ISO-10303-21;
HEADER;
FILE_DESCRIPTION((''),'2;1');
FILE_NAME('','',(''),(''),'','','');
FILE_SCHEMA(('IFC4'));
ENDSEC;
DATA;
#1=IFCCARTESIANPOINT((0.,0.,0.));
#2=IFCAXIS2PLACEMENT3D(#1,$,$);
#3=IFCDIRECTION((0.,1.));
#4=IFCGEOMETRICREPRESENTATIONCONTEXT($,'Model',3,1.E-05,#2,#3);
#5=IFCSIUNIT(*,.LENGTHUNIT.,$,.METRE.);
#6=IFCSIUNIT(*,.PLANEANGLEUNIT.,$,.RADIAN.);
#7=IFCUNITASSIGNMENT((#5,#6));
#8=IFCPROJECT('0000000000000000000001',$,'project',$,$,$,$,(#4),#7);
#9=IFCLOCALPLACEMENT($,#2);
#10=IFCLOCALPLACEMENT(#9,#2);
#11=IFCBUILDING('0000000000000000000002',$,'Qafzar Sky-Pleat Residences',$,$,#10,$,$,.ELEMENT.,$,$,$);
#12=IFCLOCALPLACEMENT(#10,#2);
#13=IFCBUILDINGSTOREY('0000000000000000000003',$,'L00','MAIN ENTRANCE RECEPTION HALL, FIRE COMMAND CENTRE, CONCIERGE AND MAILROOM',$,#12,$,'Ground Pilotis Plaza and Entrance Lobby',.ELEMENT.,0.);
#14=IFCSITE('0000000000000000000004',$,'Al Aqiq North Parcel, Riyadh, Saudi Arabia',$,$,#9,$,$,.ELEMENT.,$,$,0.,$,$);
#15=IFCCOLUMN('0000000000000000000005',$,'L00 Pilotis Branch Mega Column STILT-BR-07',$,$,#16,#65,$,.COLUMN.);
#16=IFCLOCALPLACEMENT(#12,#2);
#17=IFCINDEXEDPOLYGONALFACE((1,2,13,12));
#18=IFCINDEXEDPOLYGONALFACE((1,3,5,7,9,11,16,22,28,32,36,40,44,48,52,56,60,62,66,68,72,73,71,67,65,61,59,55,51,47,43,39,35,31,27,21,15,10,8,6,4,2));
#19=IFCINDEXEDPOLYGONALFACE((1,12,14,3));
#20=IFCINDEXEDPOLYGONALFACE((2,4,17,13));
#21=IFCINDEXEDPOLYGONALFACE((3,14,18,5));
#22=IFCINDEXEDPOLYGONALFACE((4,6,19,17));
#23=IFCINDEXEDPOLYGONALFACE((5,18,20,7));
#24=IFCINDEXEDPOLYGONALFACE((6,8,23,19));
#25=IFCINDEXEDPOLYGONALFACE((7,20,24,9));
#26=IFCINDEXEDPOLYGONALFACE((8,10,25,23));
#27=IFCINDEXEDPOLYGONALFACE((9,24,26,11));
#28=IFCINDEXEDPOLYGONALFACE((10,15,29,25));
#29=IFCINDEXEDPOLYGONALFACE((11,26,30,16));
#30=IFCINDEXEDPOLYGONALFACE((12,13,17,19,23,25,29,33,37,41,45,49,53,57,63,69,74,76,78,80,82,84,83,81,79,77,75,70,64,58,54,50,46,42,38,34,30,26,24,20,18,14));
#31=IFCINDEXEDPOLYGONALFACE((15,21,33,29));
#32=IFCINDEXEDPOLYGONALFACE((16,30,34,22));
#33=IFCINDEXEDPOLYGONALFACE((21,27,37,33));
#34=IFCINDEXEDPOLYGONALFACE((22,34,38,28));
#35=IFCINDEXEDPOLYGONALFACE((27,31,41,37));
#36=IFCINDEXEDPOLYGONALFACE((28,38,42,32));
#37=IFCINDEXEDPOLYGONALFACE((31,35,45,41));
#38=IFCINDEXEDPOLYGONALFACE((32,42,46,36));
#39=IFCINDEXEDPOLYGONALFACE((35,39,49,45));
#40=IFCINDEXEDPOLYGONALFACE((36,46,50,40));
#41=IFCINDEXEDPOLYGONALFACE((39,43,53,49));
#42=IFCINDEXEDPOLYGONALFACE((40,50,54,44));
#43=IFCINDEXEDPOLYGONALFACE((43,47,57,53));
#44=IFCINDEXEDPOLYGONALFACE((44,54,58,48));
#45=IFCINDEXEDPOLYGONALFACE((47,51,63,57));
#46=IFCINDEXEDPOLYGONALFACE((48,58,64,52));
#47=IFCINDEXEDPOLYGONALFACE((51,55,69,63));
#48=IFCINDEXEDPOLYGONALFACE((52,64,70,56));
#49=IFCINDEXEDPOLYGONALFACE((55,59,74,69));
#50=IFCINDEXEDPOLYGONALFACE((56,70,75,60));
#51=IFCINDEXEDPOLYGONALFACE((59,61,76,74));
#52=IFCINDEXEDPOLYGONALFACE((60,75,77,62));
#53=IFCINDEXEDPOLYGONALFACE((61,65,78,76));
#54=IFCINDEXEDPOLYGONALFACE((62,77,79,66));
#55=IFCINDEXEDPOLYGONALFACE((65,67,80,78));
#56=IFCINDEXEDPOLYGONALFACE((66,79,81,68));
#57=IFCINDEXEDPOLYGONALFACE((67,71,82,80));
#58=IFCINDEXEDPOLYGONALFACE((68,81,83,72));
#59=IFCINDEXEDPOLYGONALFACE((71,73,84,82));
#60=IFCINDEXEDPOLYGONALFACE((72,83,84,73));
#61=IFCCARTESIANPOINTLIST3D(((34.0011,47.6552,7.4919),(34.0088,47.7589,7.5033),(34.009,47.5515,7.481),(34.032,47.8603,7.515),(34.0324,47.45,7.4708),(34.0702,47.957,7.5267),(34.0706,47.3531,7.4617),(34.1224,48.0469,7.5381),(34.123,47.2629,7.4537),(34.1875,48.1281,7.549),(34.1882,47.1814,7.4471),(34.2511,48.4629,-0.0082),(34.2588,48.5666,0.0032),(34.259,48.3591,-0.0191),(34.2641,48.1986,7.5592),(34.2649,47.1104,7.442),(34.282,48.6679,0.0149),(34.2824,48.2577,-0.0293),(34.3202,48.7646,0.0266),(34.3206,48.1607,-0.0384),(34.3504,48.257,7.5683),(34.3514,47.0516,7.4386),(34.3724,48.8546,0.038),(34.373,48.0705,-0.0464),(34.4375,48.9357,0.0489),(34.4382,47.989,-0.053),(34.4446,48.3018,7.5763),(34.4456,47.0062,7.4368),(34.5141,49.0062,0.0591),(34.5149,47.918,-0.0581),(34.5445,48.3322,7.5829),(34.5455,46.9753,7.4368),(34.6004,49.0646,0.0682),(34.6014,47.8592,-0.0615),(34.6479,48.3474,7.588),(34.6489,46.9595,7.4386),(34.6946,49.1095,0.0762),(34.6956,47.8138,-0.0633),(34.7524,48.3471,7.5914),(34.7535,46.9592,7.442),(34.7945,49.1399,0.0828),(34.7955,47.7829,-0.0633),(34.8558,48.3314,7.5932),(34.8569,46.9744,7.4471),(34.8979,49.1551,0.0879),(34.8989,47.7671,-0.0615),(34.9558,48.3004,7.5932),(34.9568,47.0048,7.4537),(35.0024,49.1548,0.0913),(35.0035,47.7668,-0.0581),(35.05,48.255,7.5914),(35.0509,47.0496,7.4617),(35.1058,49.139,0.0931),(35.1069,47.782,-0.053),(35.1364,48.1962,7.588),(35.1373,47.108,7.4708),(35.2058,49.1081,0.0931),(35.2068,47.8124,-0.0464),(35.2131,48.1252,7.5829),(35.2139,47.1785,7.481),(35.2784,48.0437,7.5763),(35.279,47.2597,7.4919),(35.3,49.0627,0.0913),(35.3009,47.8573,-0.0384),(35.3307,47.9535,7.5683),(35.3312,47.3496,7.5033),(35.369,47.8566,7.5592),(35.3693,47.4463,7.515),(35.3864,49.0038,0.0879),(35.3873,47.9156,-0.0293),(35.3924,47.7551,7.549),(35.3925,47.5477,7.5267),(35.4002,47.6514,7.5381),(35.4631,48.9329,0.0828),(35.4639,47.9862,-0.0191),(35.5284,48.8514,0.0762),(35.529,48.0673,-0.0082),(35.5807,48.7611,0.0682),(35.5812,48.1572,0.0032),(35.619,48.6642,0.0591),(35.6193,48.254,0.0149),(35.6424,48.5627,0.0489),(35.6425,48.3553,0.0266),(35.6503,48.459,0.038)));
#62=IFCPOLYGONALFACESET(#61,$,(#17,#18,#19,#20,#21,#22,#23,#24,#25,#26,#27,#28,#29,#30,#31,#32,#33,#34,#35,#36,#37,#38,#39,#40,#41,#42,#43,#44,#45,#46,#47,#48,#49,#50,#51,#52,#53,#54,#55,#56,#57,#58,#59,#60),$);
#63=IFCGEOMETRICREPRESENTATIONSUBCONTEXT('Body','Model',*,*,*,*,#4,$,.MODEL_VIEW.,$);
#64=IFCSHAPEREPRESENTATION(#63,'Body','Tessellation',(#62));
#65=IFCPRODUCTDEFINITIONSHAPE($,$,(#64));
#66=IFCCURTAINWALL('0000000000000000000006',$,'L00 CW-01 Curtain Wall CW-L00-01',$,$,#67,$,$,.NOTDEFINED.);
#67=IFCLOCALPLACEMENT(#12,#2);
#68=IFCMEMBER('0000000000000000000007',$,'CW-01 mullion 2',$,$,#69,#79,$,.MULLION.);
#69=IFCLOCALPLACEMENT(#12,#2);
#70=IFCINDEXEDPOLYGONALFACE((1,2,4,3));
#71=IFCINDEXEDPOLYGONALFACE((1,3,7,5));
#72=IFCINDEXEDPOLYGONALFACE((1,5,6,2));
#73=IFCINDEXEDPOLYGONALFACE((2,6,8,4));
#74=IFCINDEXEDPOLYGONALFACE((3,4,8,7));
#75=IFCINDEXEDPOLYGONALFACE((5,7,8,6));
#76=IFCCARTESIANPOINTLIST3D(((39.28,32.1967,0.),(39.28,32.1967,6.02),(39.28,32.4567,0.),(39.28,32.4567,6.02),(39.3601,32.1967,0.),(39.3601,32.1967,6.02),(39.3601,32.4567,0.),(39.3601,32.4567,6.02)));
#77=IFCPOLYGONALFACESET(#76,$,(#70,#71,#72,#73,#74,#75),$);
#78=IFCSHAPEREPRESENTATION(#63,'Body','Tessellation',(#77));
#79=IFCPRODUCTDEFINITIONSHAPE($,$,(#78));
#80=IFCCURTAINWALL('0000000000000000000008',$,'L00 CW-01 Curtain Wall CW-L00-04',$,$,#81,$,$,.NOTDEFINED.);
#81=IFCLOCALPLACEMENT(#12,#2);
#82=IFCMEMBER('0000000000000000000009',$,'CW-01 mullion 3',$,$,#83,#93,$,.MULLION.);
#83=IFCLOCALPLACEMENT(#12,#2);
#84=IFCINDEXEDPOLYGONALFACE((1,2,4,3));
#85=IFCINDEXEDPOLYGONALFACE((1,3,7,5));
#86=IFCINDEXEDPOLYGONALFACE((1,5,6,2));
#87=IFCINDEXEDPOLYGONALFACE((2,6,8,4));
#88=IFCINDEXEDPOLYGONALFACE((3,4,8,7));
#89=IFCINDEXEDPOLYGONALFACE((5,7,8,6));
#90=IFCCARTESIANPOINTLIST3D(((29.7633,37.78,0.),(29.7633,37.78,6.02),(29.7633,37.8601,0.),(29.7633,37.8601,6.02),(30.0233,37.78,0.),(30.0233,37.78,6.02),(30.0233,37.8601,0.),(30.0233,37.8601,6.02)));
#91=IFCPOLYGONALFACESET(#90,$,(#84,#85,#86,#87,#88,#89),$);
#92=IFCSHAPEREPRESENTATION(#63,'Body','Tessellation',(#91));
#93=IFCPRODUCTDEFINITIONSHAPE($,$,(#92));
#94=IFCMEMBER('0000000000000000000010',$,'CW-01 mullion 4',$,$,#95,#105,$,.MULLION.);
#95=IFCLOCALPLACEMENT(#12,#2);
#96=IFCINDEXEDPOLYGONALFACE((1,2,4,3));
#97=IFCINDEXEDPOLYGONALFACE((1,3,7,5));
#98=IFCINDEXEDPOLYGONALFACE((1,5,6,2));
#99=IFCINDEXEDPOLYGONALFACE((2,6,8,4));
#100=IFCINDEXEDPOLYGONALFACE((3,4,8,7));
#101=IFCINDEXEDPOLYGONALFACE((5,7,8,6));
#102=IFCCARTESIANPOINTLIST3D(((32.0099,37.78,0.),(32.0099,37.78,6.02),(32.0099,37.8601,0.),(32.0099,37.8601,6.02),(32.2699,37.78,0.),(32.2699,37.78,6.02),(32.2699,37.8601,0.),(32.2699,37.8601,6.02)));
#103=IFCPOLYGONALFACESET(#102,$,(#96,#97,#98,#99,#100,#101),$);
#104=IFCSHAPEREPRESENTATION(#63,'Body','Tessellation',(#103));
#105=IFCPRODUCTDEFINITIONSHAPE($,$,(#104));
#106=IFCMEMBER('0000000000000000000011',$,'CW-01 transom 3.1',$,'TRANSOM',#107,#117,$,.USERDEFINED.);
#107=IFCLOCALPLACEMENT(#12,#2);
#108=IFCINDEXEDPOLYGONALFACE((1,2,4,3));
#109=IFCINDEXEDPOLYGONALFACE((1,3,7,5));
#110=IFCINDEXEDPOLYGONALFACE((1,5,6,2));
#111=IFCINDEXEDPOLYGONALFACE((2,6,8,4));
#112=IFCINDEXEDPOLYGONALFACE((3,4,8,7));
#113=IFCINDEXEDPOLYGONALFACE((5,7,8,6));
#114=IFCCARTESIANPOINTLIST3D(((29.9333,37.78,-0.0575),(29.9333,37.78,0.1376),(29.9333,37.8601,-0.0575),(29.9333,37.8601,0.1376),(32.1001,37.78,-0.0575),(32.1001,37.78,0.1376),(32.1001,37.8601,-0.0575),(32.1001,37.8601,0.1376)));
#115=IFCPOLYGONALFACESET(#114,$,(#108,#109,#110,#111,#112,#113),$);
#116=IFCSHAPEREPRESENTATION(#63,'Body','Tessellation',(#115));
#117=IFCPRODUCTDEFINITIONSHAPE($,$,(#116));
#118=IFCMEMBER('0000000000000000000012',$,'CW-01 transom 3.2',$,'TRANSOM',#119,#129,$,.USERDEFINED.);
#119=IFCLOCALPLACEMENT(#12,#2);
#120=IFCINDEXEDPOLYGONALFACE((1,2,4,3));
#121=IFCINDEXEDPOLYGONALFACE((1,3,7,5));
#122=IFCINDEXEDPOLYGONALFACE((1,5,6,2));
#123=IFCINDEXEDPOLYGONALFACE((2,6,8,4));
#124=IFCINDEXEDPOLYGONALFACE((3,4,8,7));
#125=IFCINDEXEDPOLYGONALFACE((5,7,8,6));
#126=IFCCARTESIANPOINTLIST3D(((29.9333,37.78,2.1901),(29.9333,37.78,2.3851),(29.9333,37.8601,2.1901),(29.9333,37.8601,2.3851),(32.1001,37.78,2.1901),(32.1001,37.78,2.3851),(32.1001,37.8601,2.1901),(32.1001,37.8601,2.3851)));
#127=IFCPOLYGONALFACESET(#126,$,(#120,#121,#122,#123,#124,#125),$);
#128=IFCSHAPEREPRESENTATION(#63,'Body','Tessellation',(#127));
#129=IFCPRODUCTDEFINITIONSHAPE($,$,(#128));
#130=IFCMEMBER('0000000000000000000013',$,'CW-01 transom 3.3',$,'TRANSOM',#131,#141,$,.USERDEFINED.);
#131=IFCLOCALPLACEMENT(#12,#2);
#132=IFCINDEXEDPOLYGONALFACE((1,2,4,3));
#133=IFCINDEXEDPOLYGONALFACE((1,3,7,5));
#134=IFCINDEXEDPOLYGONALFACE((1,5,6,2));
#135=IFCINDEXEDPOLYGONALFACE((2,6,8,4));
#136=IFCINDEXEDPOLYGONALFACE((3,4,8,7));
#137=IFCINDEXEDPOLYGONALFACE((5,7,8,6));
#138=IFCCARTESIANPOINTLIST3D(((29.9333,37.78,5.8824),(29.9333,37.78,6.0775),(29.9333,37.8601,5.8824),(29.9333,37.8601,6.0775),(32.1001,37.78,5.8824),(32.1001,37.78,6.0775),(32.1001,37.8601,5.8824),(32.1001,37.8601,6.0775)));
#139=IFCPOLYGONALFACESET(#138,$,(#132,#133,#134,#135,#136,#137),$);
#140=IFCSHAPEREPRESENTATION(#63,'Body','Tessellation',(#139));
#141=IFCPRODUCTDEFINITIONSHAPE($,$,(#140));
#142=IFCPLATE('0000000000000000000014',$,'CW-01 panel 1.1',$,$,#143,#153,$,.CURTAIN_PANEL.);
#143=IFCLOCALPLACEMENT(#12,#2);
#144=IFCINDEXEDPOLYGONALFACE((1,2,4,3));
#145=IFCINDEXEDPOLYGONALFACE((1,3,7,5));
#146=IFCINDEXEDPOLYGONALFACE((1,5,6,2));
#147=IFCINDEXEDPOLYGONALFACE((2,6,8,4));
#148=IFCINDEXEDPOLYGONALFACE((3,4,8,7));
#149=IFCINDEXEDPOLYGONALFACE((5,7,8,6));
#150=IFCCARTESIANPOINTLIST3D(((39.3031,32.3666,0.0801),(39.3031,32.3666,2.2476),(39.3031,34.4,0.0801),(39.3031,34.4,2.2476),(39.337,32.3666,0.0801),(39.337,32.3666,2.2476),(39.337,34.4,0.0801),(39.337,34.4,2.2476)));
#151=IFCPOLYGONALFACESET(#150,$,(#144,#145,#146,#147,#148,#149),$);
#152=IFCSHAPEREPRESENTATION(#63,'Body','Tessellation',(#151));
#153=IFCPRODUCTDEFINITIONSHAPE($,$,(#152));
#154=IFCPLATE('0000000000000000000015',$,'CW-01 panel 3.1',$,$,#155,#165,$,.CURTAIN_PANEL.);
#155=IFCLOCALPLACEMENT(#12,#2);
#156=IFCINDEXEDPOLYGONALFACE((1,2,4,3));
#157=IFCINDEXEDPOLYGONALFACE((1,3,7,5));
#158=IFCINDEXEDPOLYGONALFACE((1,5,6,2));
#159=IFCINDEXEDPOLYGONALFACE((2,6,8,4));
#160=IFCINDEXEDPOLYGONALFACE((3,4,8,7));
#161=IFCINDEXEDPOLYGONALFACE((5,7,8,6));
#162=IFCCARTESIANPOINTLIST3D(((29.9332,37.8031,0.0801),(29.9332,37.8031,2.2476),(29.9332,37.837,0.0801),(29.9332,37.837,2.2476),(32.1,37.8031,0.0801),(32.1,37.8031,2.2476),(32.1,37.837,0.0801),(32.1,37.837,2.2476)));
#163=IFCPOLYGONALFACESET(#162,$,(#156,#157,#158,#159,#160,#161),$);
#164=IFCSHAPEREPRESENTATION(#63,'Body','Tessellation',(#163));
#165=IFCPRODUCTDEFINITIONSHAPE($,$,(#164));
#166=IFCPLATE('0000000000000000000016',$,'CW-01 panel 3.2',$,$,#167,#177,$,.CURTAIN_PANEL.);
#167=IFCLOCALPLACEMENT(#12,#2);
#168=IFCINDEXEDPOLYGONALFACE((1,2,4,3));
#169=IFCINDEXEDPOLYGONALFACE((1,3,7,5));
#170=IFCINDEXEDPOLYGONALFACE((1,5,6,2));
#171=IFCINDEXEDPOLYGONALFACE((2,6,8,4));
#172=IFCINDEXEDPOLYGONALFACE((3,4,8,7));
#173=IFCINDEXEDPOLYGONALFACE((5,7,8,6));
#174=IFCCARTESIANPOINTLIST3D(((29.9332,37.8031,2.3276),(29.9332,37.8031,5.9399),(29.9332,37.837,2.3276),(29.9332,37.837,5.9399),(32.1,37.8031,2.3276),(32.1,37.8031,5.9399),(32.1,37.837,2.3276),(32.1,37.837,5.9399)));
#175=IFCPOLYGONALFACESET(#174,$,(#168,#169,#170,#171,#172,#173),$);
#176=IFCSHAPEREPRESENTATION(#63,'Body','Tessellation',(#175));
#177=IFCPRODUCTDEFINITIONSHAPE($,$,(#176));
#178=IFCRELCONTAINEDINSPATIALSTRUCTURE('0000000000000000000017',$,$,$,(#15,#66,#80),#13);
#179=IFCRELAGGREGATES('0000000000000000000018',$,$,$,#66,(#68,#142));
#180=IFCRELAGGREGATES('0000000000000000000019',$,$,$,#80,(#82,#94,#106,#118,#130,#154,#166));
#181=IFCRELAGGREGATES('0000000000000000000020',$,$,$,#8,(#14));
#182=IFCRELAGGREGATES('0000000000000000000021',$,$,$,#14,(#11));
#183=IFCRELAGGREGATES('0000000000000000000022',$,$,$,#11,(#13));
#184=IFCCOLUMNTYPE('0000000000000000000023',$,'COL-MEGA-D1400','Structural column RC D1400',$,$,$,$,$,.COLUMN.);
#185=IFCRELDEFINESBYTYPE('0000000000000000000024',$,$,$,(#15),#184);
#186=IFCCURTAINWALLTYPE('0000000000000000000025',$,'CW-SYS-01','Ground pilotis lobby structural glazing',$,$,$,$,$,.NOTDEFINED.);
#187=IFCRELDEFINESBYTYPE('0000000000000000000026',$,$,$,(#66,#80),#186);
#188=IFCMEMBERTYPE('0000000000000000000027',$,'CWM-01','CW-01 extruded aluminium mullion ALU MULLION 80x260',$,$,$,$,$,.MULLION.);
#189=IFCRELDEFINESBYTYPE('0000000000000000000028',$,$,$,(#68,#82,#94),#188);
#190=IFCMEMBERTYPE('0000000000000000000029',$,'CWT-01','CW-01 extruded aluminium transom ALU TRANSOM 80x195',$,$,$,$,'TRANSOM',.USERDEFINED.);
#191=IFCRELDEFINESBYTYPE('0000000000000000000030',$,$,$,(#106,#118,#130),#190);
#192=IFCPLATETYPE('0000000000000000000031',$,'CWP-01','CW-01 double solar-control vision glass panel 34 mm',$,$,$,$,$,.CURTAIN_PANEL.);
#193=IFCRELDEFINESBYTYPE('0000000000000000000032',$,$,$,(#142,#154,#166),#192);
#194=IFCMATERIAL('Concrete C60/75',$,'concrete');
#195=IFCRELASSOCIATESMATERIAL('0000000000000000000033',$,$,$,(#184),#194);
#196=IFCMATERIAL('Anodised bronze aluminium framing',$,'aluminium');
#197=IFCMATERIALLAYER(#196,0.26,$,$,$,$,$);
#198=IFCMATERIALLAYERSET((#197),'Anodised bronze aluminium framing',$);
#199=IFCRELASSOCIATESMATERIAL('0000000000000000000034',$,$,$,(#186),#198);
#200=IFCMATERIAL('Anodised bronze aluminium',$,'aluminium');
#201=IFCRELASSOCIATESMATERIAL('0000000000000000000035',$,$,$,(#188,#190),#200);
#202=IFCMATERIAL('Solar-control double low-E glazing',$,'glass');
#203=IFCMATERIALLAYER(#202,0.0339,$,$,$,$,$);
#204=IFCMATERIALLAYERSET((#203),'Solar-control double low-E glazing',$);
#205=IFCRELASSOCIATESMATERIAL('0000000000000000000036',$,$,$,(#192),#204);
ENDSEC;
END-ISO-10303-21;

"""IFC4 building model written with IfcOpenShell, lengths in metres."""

from ifc_helpers import new_model, si_unit, direction, frame, origin, origin_2d, place, context, subcontext, project, spatial, rectangle, circle, extrude, source, transform, mapped, material, layer, layer_set, material_profile, profile_set, type_object, element, aggregate, save


model = new_model("IFC4")

# Units and contexts
model_context = context("Model", 3, precision=1e-05, world=origin(), true_north=direction((0.0, 1.0)))
body_context = subcontext(model_context, "Body", "Model", "MODEL_VIEW")
ifc_project = project(units=[si_unit("LENGTHUNIT", "METRE"), si_unit("PLANEANGLEUNIT", "RADIAN")], contexts=[model_context])

# Site, building, storey
site_placement = place(None, origin())
site = spatial("IfcSite", under=ifc_project, at=site_placement, Name="Al Aqiq North Parcel, Riyadh, Saudi Arabia", CompositionType="ELEMENT", RefElevation=0.0)
building_placement = place(site_placement, origin())
building = spatial("IfcBuilding", under=site, at=building_placement, Name="Qafzar Sky-Pleat Residences", CompositionType="ELEMENT")
storey_placement = place(building_placement, origin())
storey = spatial("IfcBuildingStorey", under=building, at=storey_placement, Name="L00", Description="MAIN ENTRANCE RECEPTION HALL, FIRE COMMAND CENTRE, CONCIERGE AND MAILROOM", LongName="Ground Pilotis Plaza and Entrance Lobby", CompositionType="ELEMENT", Elevation=0.0)

# Column
ifc_material_1 = material(Name="Concrete C60/75", Category="concrete")
ifc_material_profile_1 = material_profile(ifc_material_1, circle(Radius=0.7, at=origin_2d()), Name="RC D1400")
ifc_profile_set_1 = profile_set([ifc_material_profile_1], Name="Concrete C60/75")
column_type = type_object("IfcColumnType", Name="COL-MEGA-D1400", Description="Structural column RC D1400", PredefinedType="COLUMN", material=ifc_profile_set_1)
shared_shape_1 = source(origin(), body_context, "Body", "SweptSolid", [
    extrude(circle(Radius=0.7, at=origin_2d()), origin(), (0.0, 0.0, 1.0), 7.5476),
])
column_placement = place(storey_placement, frame((34.9507, 48.4609, 0.0149), z_axis=(-0.033124, -0.107005, 0.993707), x_axis=(0.955278, -0.295709, 0.0)))
element("IfcColumn", 1, at=column_placement, inside=storey, type_object=column_type, Name="L00 Pilotis Branch Mega Column STILT-BR-07", PredefinedType="COLUMN", context=body_context, shape_type="MappedRepresentation", body=[
    mapped(shared_shape_1, transform((0.0, 0.0, 0.0), x_axis=(1.0, 0.0, 0.0), y_axis=(0.0, 1.0, 0.0), z_axis=(0.0, 0.0, 1.0), scale=1.0)),
])

# Curtain wall, member
ifc_material_2 = material(Name="Anodised bronze aluminium framing", Category="aluminium")
ifc_layer_1 = layer(ifc_material_2, 0.26)
ifc_layer_set_1 = layer_set([ifc_layer_1], Name="Anodised bronze aluminium framing")
curtain_wall_type = type_object("IfcCurtainWallType", Name="CW-SYS-01", Description="Ground pilotis lobby structural glazing", PredefinedType="NOTDEFINED", material=ifc_layer_set_1)
curtain_wall_1_placement = place(storey_placement, origin())
curtain_wall_1 = element("IfcCurtainWall", 2, at=curtain_wall_1_placement, inside=storey, type_object=curtain_wall_type, Name="L00 CW-01 Curtain Wall CW-L00-01", PredefinedType="NOTDEFINED")
ifc_material_3 = material(Name="Anodised bronze aluminium", Category="aluminium")
ifc_material_profile_2 = material_profile(ifc_material_3, rectangle(XDim=0.0801, YDim=0.26, at=origin_2d()), Name="ALU MULLION 80x260")
ifc_profile_set_2 = profile_set([ifc_material_profile_2], Name="Anodised bronze aluminium")
member_type_1 = type_object("IfcMemberType", Name="CWM-01", Description="CW-01 extruded aluminium mullion ALU MULLION 80x260", PredefinedType="MULLION", material=ifc_profile_set_2)
shared_shape_2 = source(origin(), body_context, "Body", "SweptSolid", [
    extrude(rectangle(XDim=0.0801, YDim=0.26, at=origin_2d()), origin(), (0.0, 0.0, 1.0), 6.02),
])
member_1_placement = place(storey_placement, frame((39.3201, 32.3267, 0.0), z_axis=(0.0, 0.0, 1.0), x_axis=(1.0, 0.0, 0.0)))
member_1 = element("IfcMember", 3, at=member_1_placement, type_object=member_type_1, Name="CW-01 mullion 2", PredefinedType="MULLION", context=body_context, shape_type="MappedRepresentation", body=[
    mapped(shared_shape_2, transform((0.0, 0.0, 0.0), x_axis=(1.0, 0.0, 0.0), y_axis=(0.0, 1.0, 0.0), z_axis=(0.0, 0.0, 1.0), scale=1.0)),
])

# Curtain wall, members
curtain_wall_2_placement = place(storey_placement, origin())
curtain_wall_2 = element("IfcCurtainWall", 4, at=curtain_wall_2_placement, inside=storey, type_object=curtain_wall_type, Name="L00 CW-01 Curtain Wall CW-L00-04", PredefinedType="NOTDEFINED")
member_2_placement = place(storey_placement, frame((29.8933, 37.8201, 0.0), z_axis=(0.0, 0.0, 1.0), x_axis=(0.0, 1.0, 0.0)))
member_2 = element("IfcMember", 5, at=member_2_placement, type_object=member_type_1, Name="CW-01 mullion 3", PredefinedType="MULLION", context=body_context, shape_type="MappedRepresentation", body=[
    mapped(shared_shape_2, transform((0.0, 0.0, 0.0), x_axis=(1.0, 0.0, 0.0), y_axis=(0.0, 1.0, 0.0), z_axis=(0.0, 0.0, 1.0), scale=1.0)),
])
member_3_placement = place(storey_placement, frame((32.1399, 37.8201, 0.0), z_axis=(0.0, 0.0, 1.0), x_axis=(0.0, 1.0, 0.0)))
member_3 = element("IfcMember", 6, at=member_3_placement, type_object=member_type_1, Name="CW-01 mullion 4", PredefinedType="MULLION", context=body_context, shape_type="MappedRepresentation", body=[
    mapped(shared_shape_2, transform((0.0, 0.0, 0.0), x_axis=(1.0, 0.0, 0.0), y_axis=(0.0, 1.0, 0.0), z_axis=(0.0, 0.0, 1.0), scale=1.0)),
])
ifc_material_profile_3 = material_profile(ifc_material_3, rectangle(XDim=0.0801, YDim=0.1951, at=origin_2d()), Name="ALU TRANSOM 80x195")
ifc_profile_set_3 = profile_set([ifc_material_profile_3], Name="Anodised bronze aluminium")
member_type_2 = type_object("IfcMemberType", Name="CWT-01", Description="CW-01 extruded aluminium transom ALU TRANSOM 80x195", ElementType="TRANSOM", PredefinedType="USERDEFINED", material=ifc_profile_set_3)
shared_shape_3 = source(origin(), body_context, "Body", "SweptSolid", [
    extrude(rectangle(XDim=0.0801, YDim=0.1951, at=origin_2d()), origin(), (0.0, 0.0, 1.0), 2.1667),
])
member_4_placement = place(storey_placement, frame((29.9333, 37.8201, 0.04), z_axis=(1.0, 0.0, 0.0), x_axis=(0.0, 1.0, 0.0)))
member_4 = element("IfcMember", 7, at=member_4_placement, type_object=member_type_2, Name="CW-01 transom 3.1", ObjectType="TRANSOM", PredefinedType="USERDEFINED", context=body_context, shape_type="MappedRepresentation", body=[
    mapped(shared_shape_3, transform((0.0, 0.0, 0.0), x_axis=(1.0, 0.0, 0.0), y_axis=(0.0, 1.0, 0.0), z_axis=(0.0, 0.0, 1.0), scale=1.0)),
])
member_5_placement = place(storey_placement, frame((29.9333, 37.8201, 2.2876), z_axis=(1.0, 0.0, 0.0), x_axis=(0.0, 1.0, 0.0)))
member_5 = element("IfcMember", 8, at=member_5_placement, type_object=member_type_2, Name="CW-01 transom 3.2", ObjectType="TRANSOM", PredefinedType="USERDEFINED", context=body_context, shape_type="MappedRepresentation", body=[
    mapped(shared_shape_3, transform((0.0, 0.0, 0.0), x_axis=(1.0, 0.0, 0.0), y_axis=(0.0, 1.0, 0.0), z_axis=(0.0, 0.0, 1.0), scale=1.0)),
])
member_6_placement = place(storey_placement, frame((29.9333, 37.8201, 5.98), z_axis=(1.0, 0.0, 0.0), x_axis=(0.0, 1.0, 0.0)))
member_6 = element("IfcMember", 9, at=member_6_placement, type_object=member_type_2, Name="CW-01 transom 3.3", ObjectType="TRANSOM", PredefinedType="USERDEFINED", context=body_context, shape_type="MappedRepresentation", body=[
    mapped(shared_shape_3, transform((0.0, 0.0, 0.0), x_axis=(1.0, 0.0, 0.0), y_axis=(0.0, 1.0, 0.0), z_axis=(0.0, 0.0, 1.0), scale=1.0)),
])

# Plates
ifc_material_4 = material(Name="Solar-control double low-E glazing", Category="glass")
ifc_layer_2 = layer(ifc_material_4, 0.0339)
ifc_layer_set_2 = layer_set([ifc_layer_2], Name="Solar-control double low-E glazing")
plate_type = type_object("IfcPlateType", Name="CWP-01", Description="CW-01 double solar-control vision glass panel 34 mm", PredefinedType="CURTAIN_PANEL", material=ifc_layer_set_2)
shared_shape_4 = source(origin(), body_context, "Body", "SweptSolid", [
    extrude(rectangle(XDim=2.0334, YDim=0.0339, at=origin_2d()), origin(), (0.0, 0.0, 1.0), 2.1675),
])
plate_1_placement = place(storey_placement, frame((39.3201, 33.3833, 0.0801), z_axis=(0.0, 0.0, 1.0), x_axis=(0.0, -1.0, 0.0)))
plate_1 = element("IfcPlate", 10, at=plate_1_placement, type_object=plate_type, Name="CW-01 panel 1.1", PredefinedType="CURTAIN_PANEL", context=body_context, shape_type="MappedRepresentation", body=[
    mapped(shared_shape_4, transform((0.0, 0.0, 0.0), x_axis=(1.0, 0.0, 0.0), y_axis=(0.0, 1.0, 0.0), z_axis=(0.0, 0.0, 1.0), scale=1.0)),
])
aggregate(curtain_wall_1, [member_1, plate_1])
shared_shape_5 = source(origin(), body_context, "Body", "SweptSolid", [
    extrude(rectangle(XDim=2.1667, YDim=0.0339, at=origin_2d()), origin(), (0.0, 0.0, 1.0), 2.1675),
])
plate_2_placement = place(storey_placement, frame((31.0166, 37.8201, 0.0801), z_axis=(0.0, 0.0, 1.0), x_axis=(1.0, 0.0, 0.0)))
plate_2 = element("IfcPlate", 11, at=plate_2_placement, type_object=plate_type, Name="CW-01 panel 3.1", PredefinedType="CURTAIN_PANEL", context=body_context, shape_type="MappedRepresentation", body=[
    mapped(shared_shape_5, transform((0.0, 0.0, 0.0), x_axis=(1.0, 0.0, 0.0), y_axis=(0.0, 1.0, 0.0), z_axis=(0.0, 0.0, 1.0), scale=1.0)),
])
shared_shape_6 = source(origin(), body_context, "Body", "SweptSolid", [
    extrude(rectangle(XDim=2.1667, YDim=0.0339, at=origin_2d()), origin(), (0.0, 0.0, 1.0), 3.6123),
])
plate_3_placement = place(storey_placement, frame((31.0166, 37.8201, 2.3276), z_axis=(0.0, 0.0, 1.0), x_axis=(1.0, 0.0, 0.0)))
plate_3 = element("IfcPlate", 12, at=plate_3_placement, type_object=plate_type, Name="CW-01 panel 3.2", PredefinedType="CURTAIN_PANEL", context=body_context, shape_type="MappedRepresentation", body=[
    mapped(shared_shape_6, transform((0.0, 0.0, 0.0), x_axis=(1.0, 0.0, 0.0), y_axis=(0.0, 1.0, 0.0), z_axis=(0.0, 0.0, 1.0), scale=1.0)),
])
aggregate(curtain_wall_2, [member_2, member_3, member_4, member_5, member_6, plate_2, plate_3])

save(model, "model.ifc")
